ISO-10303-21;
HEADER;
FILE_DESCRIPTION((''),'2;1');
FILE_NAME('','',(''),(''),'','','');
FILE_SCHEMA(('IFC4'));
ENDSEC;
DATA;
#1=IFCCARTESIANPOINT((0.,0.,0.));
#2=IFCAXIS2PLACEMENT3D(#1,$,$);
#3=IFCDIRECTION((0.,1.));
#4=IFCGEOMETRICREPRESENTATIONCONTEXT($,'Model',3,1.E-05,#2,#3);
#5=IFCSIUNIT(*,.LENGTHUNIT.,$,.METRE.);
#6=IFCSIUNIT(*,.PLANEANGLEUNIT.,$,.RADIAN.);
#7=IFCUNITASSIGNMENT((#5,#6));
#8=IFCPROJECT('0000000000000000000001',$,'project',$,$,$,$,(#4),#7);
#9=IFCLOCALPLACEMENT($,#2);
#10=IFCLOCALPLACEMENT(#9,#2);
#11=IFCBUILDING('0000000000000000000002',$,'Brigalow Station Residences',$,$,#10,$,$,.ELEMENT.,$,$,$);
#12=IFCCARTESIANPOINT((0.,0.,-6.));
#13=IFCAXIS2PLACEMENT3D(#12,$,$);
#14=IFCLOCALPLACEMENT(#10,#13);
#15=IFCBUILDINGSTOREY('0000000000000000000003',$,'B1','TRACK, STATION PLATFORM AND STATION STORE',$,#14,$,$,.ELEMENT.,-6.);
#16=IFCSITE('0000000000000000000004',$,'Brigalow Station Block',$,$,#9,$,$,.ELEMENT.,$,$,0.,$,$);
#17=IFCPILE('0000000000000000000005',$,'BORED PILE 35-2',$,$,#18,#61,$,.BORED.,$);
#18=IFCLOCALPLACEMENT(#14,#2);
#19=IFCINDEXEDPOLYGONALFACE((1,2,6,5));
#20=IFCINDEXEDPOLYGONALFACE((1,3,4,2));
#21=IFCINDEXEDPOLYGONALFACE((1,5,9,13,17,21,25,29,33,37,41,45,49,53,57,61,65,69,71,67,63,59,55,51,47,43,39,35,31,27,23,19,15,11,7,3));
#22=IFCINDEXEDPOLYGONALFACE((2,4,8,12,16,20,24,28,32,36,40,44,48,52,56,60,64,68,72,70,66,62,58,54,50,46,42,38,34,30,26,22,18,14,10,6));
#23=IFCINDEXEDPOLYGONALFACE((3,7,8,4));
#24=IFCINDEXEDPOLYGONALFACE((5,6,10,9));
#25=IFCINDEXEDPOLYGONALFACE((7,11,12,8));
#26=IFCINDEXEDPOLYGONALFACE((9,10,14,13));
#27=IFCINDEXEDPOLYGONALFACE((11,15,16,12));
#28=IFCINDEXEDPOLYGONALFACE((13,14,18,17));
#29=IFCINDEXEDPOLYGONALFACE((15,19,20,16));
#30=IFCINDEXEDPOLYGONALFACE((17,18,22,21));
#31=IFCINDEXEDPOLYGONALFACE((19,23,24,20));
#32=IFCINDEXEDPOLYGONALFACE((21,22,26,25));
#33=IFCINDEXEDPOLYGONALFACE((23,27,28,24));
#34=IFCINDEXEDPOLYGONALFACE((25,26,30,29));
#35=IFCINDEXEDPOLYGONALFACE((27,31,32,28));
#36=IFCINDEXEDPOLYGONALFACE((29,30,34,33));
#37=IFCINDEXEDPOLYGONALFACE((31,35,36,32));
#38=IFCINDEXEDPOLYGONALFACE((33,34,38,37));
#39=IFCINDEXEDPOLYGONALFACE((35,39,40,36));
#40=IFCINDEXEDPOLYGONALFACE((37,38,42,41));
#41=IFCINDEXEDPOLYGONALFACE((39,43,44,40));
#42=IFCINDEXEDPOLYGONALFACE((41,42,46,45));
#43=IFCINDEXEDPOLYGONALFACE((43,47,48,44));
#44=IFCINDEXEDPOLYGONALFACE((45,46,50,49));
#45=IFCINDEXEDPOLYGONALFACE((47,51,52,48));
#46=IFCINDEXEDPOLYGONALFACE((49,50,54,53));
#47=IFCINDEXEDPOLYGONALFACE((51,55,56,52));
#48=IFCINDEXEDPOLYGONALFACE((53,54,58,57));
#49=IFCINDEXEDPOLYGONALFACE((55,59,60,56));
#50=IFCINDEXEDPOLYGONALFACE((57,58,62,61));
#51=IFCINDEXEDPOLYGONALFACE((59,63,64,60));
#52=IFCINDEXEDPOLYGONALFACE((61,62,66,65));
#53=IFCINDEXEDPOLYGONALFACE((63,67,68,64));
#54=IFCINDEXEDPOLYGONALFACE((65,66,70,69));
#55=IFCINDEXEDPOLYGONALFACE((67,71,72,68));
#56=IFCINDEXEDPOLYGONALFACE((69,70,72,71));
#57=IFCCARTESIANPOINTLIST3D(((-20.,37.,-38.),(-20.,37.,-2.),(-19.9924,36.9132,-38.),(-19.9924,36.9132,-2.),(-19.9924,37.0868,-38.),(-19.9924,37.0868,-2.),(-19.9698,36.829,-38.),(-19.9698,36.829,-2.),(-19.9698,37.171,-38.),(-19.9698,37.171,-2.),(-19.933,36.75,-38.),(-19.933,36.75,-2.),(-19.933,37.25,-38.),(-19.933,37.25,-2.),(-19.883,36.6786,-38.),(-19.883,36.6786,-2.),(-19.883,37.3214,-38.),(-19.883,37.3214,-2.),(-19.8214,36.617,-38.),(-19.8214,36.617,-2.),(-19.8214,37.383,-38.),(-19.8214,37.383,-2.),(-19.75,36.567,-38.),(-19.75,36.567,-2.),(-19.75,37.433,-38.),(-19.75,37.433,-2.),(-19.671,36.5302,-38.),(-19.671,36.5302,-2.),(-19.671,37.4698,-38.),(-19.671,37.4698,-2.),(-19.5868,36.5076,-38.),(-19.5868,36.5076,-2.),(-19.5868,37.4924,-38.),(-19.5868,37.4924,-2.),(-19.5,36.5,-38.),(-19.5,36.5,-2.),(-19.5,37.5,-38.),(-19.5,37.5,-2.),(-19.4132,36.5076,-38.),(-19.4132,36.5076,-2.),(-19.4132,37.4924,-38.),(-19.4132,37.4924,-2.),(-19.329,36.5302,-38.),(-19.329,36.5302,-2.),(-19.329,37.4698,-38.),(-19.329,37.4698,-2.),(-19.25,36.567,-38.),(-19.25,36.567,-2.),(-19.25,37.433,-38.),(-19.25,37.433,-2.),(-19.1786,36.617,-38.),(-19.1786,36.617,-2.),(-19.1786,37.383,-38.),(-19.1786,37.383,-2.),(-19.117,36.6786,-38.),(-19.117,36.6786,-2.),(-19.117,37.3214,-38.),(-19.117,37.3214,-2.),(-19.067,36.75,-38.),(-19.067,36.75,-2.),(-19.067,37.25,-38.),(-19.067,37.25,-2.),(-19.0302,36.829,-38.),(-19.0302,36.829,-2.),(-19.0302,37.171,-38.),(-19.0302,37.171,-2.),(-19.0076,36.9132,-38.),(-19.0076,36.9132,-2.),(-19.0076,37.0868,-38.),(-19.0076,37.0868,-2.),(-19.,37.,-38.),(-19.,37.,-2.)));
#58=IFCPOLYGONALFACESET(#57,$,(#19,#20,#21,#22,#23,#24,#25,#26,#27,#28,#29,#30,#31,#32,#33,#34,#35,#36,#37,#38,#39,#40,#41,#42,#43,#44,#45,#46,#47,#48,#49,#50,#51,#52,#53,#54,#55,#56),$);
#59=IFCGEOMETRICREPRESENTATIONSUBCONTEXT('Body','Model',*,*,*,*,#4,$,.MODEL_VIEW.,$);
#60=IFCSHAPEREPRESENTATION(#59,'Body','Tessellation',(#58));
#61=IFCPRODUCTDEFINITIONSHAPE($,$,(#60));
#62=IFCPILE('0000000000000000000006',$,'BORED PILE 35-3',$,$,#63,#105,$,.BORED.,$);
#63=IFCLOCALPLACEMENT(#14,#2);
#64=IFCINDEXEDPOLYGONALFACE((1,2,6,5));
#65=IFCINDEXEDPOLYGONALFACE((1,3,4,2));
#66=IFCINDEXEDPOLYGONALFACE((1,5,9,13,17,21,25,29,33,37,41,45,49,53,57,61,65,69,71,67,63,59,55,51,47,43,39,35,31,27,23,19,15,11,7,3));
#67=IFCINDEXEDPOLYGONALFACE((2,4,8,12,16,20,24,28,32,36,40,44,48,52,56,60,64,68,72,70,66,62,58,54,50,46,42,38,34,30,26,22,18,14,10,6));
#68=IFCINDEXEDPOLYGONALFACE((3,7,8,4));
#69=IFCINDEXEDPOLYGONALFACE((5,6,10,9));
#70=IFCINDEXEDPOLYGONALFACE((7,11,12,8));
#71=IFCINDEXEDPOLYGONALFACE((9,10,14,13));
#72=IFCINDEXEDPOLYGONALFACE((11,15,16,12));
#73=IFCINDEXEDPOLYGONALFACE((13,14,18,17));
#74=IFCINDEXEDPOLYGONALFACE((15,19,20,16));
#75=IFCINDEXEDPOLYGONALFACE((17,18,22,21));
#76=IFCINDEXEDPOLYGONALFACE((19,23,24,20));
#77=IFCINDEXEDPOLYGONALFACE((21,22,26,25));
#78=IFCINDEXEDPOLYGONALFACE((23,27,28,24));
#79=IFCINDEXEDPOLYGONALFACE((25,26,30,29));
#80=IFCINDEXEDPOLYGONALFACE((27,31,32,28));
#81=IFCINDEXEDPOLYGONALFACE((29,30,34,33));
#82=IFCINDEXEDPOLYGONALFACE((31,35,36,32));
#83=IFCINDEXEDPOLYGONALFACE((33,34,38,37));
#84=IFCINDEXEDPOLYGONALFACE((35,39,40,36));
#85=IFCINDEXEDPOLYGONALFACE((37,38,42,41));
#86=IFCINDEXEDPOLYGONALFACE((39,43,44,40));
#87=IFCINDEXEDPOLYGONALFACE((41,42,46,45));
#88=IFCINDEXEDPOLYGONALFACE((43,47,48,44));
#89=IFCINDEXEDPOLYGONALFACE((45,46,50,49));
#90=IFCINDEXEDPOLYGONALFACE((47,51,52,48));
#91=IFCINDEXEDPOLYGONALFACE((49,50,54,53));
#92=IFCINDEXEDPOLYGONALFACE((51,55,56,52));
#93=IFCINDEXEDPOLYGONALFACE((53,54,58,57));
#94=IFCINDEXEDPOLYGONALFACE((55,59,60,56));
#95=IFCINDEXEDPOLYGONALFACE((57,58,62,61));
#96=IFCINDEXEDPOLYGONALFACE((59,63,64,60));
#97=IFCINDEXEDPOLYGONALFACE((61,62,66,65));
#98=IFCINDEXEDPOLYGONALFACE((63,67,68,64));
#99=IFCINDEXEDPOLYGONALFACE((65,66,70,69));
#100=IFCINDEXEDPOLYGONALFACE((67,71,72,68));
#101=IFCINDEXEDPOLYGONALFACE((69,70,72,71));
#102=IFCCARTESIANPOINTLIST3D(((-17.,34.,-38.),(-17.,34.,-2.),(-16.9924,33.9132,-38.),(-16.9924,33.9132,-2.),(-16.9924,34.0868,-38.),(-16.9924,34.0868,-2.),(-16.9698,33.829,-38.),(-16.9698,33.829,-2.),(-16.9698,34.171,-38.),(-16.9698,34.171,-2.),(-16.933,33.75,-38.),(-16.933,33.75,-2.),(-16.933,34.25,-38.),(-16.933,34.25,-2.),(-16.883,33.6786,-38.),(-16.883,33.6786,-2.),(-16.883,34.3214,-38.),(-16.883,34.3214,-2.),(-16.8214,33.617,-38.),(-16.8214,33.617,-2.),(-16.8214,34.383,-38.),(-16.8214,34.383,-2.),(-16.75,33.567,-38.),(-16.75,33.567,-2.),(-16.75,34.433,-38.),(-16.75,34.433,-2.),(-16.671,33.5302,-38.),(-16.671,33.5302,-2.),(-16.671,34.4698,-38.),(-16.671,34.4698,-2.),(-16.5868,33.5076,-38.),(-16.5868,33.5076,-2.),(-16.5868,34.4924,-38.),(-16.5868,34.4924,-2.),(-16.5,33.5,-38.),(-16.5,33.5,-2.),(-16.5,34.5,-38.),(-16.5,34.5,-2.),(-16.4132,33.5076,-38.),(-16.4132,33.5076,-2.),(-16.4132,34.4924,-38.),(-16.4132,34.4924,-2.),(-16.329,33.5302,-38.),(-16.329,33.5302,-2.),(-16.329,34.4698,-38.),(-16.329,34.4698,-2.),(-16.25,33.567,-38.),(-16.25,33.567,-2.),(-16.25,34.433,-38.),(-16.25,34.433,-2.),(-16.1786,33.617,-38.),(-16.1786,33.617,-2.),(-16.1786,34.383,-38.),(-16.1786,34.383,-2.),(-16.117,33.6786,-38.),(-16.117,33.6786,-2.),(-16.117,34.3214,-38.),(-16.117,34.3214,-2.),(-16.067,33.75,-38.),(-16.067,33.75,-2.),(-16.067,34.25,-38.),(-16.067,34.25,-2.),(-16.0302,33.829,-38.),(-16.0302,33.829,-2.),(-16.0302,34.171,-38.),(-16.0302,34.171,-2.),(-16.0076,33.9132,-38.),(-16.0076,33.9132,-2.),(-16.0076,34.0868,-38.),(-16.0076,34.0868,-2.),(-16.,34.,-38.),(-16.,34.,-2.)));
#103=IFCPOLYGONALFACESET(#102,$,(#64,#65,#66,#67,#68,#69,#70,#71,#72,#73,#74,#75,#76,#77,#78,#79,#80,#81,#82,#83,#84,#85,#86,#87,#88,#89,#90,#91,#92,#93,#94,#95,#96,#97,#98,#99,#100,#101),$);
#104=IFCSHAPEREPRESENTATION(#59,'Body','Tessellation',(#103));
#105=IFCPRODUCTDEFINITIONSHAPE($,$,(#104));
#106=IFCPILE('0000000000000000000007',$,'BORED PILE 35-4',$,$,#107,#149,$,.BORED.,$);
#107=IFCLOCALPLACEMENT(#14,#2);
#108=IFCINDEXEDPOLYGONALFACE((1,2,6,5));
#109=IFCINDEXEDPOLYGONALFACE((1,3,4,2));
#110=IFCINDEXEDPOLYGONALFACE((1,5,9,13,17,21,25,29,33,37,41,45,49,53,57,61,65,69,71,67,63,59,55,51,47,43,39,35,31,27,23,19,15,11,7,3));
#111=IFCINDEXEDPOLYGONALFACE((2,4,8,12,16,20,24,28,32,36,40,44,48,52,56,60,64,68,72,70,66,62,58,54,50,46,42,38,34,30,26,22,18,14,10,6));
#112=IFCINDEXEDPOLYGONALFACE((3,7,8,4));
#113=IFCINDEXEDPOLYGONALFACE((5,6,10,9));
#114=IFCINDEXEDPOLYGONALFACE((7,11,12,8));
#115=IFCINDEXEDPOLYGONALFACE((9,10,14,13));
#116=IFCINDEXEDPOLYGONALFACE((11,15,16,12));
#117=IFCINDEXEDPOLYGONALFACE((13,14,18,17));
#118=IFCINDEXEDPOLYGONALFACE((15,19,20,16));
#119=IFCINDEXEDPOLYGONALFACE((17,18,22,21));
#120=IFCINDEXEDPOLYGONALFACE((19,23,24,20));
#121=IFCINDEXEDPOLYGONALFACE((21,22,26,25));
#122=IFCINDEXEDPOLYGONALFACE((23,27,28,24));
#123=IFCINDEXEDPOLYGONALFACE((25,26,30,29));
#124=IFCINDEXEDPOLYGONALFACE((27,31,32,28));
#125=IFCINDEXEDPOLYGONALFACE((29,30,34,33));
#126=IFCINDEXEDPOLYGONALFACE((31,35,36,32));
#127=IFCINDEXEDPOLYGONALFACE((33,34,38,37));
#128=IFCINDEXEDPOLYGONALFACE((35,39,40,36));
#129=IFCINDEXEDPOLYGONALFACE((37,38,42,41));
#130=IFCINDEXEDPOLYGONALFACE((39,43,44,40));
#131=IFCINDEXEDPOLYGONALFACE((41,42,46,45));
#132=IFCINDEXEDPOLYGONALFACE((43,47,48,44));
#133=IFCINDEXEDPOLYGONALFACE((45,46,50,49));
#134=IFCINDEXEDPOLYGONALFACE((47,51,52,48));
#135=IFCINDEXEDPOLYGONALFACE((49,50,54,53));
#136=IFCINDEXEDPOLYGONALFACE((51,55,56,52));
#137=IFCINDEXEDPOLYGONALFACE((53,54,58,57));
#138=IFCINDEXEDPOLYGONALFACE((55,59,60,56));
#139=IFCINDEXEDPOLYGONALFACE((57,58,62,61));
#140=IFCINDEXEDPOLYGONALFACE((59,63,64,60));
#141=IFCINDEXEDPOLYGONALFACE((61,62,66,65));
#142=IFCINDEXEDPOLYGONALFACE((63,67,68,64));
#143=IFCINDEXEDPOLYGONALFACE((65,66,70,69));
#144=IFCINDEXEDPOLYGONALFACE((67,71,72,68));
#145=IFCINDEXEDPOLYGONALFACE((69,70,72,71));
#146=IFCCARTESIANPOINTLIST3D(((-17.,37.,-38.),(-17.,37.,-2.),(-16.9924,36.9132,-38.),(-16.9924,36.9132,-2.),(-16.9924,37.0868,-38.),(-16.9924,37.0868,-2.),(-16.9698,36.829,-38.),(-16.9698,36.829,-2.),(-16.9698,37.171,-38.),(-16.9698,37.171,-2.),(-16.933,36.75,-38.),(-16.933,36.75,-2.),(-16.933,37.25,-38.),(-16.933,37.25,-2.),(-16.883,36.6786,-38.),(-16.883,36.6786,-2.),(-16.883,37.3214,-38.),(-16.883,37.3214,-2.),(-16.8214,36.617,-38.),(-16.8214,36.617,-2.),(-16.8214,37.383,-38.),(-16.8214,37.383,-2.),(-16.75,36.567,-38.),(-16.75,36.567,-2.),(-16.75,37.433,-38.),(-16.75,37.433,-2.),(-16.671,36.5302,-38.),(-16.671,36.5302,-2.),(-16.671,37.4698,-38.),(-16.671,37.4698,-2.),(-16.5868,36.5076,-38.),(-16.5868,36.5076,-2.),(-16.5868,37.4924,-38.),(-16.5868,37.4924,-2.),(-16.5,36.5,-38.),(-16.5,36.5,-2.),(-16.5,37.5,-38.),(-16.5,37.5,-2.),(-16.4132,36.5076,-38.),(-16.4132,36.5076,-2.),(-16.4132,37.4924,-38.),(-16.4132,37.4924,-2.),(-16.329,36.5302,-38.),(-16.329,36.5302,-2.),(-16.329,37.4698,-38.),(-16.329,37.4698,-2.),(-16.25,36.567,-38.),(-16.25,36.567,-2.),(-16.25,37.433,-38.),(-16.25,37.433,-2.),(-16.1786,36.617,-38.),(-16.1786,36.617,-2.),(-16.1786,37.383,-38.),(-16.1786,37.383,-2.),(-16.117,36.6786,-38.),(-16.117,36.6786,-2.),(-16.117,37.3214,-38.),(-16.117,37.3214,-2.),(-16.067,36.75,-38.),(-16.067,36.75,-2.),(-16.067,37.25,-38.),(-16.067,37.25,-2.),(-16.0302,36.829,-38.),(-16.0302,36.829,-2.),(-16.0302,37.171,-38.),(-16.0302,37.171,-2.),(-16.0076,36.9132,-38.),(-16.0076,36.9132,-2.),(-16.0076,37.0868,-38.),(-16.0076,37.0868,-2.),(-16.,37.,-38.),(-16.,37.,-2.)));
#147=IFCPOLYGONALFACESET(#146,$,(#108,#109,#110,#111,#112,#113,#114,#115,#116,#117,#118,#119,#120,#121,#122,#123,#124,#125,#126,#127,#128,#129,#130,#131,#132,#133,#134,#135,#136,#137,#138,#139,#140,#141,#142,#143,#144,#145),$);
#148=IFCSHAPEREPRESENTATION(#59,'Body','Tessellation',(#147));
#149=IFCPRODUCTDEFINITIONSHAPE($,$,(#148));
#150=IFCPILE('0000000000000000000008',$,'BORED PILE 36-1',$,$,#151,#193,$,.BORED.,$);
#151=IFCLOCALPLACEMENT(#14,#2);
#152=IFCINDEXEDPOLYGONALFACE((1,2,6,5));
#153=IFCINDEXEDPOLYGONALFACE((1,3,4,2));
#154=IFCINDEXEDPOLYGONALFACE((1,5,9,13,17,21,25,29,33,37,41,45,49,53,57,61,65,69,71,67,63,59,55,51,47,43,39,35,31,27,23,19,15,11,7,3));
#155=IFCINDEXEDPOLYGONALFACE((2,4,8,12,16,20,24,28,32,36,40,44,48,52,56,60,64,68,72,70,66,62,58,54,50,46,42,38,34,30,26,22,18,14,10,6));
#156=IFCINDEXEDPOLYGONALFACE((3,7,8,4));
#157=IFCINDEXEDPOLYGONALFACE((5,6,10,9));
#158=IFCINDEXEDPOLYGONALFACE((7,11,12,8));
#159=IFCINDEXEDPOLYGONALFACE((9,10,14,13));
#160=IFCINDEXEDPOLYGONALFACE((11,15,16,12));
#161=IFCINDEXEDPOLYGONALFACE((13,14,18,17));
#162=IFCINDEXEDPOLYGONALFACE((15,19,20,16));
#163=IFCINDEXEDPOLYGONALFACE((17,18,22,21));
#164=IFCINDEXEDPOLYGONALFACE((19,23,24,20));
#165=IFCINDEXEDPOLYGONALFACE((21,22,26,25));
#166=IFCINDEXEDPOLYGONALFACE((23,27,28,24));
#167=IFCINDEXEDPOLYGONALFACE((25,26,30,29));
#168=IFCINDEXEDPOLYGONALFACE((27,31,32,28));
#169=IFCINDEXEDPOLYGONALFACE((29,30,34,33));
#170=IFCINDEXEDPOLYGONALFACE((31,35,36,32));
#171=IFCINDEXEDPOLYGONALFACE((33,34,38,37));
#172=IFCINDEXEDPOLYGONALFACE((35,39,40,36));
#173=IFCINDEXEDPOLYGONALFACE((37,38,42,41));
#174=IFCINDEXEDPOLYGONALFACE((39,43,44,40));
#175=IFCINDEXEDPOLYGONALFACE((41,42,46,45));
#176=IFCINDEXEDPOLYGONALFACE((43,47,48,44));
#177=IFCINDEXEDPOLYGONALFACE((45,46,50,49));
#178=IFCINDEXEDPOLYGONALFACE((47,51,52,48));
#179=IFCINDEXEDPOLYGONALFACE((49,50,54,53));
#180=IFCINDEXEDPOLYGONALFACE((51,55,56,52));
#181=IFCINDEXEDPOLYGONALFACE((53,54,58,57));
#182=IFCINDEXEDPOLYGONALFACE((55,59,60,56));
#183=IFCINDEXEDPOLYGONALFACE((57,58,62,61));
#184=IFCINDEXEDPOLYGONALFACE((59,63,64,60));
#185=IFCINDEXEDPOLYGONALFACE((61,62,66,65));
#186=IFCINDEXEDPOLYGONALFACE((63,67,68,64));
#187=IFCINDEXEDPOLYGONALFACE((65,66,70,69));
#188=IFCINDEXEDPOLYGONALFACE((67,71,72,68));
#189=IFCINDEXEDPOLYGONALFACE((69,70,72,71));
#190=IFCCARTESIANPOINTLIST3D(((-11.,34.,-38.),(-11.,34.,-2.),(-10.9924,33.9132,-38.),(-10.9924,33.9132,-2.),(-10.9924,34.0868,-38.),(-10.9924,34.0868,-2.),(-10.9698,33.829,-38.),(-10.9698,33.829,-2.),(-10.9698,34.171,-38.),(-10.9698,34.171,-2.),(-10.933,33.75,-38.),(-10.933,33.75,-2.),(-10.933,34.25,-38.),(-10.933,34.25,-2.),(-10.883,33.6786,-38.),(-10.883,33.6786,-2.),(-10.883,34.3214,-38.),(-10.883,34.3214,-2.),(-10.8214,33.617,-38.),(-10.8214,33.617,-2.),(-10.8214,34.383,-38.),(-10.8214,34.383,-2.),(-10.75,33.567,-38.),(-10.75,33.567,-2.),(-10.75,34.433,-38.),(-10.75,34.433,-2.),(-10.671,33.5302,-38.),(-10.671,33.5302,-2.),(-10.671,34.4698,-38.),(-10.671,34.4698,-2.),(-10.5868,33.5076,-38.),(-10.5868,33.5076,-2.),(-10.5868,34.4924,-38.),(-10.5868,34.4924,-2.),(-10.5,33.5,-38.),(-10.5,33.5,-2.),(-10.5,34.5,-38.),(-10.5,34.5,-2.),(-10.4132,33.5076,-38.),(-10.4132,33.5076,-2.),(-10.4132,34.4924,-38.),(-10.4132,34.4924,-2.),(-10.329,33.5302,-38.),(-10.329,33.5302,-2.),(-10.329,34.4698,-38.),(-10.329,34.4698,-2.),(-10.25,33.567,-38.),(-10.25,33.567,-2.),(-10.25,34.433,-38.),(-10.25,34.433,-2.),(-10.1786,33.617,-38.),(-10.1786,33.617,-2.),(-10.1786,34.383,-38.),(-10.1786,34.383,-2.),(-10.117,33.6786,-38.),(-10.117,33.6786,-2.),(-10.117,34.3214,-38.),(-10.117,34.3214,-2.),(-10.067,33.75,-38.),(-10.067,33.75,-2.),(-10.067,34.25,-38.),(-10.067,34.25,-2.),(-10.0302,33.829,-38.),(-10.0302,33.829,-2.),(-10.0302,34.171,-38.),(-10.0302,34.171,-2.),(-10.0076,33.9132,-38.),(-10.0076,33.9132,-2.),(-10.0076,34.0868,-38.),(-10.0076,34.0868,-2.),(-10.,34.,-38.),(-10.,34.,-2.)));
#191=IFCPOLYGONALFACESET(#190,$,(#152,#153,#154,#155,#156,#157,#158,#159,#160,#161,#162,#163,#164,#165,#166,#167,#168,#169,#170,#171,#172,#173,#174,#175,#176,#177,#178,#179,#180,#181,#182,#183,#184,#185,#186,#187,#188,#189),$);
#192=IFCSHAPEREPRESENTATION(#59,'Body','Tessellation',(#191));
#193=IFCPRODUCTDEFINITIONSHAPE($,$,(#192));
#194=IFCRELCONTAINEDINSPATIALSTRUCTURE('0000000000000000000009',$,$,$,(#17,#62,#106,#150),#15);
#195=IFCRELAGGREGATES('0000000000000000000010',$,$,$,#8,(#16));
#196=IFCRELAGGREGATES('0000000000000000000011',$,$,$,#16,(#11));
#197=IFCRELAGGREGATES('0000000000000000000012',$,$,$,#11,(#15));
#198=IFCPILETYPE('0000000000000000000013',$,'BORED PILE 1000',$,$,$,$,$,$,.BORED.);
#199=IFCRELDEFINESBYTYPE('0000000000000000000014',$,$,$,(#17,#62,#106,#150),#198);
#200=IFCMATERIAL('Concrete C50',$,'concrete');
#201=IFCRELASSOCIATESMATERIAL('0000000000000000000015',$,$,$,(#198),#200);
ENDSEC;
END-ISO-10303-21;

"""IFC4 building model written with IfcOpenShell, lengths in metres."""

from ifc_helpers import new_model, si_unit, direction, frame, origin, origin_2d, place, context, subcontext, project, spatial, circle, extrude, material, material_profile, profile_set, type_object, element, save


model = new_model("IFC4")

# Units and contexts
model_context = context("Model", 3, precision=1e-05, world=origin(), true_north=direction((0.0, 1.0)))
body_context = subcontext(model_context, "Body", "Model", "MODEL_VIEW")
ifc_project = project(units=[si_unit("LENGTHUNIT", "METRE"), si_unit("PLANEANGLEUNIT", "RADIAN")], contexts=[model_context])

# Site, building, storey
site_placement = place(None, origin())
site = spatial("IfcSite", under=ifc_project, at=site_placement, Name="Brigalow Station Block", CompositionType="ELEMENT", RefElevation=0.0)
building_placement = place(site_placement, origin())
building = spatial("IfcBuilding", under=site, at=building_placement, Name="Brigalow Station Residences", CompositionType="ELEMENT")
storey_placement = place(building_placement, frame((0.0, 0.0, -6.0)))
storey = spatial("IfcBuildingStorey", under=building, at=storey_placement, Name="B1", Description="TRACK, STATION PLATFORM AND STATION STORE", CompositionType="ELEMENT", Elevation=-6.0)

# Piles
ifc_material_1 = material(Name="Concrete C50", Category="concrete")
ifc_material_profile_1 = material_profile(ifc_material_1, circle(Radius=0.5, at=origin_2d()), Name="BP1000")
ifc_profile_set_1 = profile_set([ifc_material_profile_1], Name="Concrete C50")
pile_type_1 = type_object("IfcPileType", Name="BORED PILE 1000", PredefinedType="BORED", material=ifc_profile_set_1)
for number, where, z_axis, x_axis, name in (
    (1, (-19.5, 37.0, -2.0), (0.0, 0.0, -1.0), (1.0, 0.0, 0.0), "BORED PILE 35-2"),
    (2, (-16.5, 34.0, -2.0), (0.0, 0.0, -1.0), (1.0, 0.0, 0.0), "BORED PILE 35-3"),
    (3, (-16.5, 37.0, -2.0), (0.0, 0.0, -1.0), (1.0, 0.0, 0.0), "BORED PILE 35-4"),
    (4, (-10.5, 34.0, -2.0), (0.0, 0.0, -1.0), (1.0, 0.0, 0.0), "BORED PILE 36-1"),
):
    element("IfcPile", number, at=place(storey_placement, frame(where, z_axis=z_axis, x_axis=x_axis)), inside=storey, type_object=pile_type_1, Name=name, PredefinedType="BORED", context=body_context, shape_type="SweptSolid", body=[
        extrude(circle(Radius=0.5, at=origin_2d()), origin(), (0.0, 0.0, 1.0), 36.0),
    ])

save(model, "model.ifc")
